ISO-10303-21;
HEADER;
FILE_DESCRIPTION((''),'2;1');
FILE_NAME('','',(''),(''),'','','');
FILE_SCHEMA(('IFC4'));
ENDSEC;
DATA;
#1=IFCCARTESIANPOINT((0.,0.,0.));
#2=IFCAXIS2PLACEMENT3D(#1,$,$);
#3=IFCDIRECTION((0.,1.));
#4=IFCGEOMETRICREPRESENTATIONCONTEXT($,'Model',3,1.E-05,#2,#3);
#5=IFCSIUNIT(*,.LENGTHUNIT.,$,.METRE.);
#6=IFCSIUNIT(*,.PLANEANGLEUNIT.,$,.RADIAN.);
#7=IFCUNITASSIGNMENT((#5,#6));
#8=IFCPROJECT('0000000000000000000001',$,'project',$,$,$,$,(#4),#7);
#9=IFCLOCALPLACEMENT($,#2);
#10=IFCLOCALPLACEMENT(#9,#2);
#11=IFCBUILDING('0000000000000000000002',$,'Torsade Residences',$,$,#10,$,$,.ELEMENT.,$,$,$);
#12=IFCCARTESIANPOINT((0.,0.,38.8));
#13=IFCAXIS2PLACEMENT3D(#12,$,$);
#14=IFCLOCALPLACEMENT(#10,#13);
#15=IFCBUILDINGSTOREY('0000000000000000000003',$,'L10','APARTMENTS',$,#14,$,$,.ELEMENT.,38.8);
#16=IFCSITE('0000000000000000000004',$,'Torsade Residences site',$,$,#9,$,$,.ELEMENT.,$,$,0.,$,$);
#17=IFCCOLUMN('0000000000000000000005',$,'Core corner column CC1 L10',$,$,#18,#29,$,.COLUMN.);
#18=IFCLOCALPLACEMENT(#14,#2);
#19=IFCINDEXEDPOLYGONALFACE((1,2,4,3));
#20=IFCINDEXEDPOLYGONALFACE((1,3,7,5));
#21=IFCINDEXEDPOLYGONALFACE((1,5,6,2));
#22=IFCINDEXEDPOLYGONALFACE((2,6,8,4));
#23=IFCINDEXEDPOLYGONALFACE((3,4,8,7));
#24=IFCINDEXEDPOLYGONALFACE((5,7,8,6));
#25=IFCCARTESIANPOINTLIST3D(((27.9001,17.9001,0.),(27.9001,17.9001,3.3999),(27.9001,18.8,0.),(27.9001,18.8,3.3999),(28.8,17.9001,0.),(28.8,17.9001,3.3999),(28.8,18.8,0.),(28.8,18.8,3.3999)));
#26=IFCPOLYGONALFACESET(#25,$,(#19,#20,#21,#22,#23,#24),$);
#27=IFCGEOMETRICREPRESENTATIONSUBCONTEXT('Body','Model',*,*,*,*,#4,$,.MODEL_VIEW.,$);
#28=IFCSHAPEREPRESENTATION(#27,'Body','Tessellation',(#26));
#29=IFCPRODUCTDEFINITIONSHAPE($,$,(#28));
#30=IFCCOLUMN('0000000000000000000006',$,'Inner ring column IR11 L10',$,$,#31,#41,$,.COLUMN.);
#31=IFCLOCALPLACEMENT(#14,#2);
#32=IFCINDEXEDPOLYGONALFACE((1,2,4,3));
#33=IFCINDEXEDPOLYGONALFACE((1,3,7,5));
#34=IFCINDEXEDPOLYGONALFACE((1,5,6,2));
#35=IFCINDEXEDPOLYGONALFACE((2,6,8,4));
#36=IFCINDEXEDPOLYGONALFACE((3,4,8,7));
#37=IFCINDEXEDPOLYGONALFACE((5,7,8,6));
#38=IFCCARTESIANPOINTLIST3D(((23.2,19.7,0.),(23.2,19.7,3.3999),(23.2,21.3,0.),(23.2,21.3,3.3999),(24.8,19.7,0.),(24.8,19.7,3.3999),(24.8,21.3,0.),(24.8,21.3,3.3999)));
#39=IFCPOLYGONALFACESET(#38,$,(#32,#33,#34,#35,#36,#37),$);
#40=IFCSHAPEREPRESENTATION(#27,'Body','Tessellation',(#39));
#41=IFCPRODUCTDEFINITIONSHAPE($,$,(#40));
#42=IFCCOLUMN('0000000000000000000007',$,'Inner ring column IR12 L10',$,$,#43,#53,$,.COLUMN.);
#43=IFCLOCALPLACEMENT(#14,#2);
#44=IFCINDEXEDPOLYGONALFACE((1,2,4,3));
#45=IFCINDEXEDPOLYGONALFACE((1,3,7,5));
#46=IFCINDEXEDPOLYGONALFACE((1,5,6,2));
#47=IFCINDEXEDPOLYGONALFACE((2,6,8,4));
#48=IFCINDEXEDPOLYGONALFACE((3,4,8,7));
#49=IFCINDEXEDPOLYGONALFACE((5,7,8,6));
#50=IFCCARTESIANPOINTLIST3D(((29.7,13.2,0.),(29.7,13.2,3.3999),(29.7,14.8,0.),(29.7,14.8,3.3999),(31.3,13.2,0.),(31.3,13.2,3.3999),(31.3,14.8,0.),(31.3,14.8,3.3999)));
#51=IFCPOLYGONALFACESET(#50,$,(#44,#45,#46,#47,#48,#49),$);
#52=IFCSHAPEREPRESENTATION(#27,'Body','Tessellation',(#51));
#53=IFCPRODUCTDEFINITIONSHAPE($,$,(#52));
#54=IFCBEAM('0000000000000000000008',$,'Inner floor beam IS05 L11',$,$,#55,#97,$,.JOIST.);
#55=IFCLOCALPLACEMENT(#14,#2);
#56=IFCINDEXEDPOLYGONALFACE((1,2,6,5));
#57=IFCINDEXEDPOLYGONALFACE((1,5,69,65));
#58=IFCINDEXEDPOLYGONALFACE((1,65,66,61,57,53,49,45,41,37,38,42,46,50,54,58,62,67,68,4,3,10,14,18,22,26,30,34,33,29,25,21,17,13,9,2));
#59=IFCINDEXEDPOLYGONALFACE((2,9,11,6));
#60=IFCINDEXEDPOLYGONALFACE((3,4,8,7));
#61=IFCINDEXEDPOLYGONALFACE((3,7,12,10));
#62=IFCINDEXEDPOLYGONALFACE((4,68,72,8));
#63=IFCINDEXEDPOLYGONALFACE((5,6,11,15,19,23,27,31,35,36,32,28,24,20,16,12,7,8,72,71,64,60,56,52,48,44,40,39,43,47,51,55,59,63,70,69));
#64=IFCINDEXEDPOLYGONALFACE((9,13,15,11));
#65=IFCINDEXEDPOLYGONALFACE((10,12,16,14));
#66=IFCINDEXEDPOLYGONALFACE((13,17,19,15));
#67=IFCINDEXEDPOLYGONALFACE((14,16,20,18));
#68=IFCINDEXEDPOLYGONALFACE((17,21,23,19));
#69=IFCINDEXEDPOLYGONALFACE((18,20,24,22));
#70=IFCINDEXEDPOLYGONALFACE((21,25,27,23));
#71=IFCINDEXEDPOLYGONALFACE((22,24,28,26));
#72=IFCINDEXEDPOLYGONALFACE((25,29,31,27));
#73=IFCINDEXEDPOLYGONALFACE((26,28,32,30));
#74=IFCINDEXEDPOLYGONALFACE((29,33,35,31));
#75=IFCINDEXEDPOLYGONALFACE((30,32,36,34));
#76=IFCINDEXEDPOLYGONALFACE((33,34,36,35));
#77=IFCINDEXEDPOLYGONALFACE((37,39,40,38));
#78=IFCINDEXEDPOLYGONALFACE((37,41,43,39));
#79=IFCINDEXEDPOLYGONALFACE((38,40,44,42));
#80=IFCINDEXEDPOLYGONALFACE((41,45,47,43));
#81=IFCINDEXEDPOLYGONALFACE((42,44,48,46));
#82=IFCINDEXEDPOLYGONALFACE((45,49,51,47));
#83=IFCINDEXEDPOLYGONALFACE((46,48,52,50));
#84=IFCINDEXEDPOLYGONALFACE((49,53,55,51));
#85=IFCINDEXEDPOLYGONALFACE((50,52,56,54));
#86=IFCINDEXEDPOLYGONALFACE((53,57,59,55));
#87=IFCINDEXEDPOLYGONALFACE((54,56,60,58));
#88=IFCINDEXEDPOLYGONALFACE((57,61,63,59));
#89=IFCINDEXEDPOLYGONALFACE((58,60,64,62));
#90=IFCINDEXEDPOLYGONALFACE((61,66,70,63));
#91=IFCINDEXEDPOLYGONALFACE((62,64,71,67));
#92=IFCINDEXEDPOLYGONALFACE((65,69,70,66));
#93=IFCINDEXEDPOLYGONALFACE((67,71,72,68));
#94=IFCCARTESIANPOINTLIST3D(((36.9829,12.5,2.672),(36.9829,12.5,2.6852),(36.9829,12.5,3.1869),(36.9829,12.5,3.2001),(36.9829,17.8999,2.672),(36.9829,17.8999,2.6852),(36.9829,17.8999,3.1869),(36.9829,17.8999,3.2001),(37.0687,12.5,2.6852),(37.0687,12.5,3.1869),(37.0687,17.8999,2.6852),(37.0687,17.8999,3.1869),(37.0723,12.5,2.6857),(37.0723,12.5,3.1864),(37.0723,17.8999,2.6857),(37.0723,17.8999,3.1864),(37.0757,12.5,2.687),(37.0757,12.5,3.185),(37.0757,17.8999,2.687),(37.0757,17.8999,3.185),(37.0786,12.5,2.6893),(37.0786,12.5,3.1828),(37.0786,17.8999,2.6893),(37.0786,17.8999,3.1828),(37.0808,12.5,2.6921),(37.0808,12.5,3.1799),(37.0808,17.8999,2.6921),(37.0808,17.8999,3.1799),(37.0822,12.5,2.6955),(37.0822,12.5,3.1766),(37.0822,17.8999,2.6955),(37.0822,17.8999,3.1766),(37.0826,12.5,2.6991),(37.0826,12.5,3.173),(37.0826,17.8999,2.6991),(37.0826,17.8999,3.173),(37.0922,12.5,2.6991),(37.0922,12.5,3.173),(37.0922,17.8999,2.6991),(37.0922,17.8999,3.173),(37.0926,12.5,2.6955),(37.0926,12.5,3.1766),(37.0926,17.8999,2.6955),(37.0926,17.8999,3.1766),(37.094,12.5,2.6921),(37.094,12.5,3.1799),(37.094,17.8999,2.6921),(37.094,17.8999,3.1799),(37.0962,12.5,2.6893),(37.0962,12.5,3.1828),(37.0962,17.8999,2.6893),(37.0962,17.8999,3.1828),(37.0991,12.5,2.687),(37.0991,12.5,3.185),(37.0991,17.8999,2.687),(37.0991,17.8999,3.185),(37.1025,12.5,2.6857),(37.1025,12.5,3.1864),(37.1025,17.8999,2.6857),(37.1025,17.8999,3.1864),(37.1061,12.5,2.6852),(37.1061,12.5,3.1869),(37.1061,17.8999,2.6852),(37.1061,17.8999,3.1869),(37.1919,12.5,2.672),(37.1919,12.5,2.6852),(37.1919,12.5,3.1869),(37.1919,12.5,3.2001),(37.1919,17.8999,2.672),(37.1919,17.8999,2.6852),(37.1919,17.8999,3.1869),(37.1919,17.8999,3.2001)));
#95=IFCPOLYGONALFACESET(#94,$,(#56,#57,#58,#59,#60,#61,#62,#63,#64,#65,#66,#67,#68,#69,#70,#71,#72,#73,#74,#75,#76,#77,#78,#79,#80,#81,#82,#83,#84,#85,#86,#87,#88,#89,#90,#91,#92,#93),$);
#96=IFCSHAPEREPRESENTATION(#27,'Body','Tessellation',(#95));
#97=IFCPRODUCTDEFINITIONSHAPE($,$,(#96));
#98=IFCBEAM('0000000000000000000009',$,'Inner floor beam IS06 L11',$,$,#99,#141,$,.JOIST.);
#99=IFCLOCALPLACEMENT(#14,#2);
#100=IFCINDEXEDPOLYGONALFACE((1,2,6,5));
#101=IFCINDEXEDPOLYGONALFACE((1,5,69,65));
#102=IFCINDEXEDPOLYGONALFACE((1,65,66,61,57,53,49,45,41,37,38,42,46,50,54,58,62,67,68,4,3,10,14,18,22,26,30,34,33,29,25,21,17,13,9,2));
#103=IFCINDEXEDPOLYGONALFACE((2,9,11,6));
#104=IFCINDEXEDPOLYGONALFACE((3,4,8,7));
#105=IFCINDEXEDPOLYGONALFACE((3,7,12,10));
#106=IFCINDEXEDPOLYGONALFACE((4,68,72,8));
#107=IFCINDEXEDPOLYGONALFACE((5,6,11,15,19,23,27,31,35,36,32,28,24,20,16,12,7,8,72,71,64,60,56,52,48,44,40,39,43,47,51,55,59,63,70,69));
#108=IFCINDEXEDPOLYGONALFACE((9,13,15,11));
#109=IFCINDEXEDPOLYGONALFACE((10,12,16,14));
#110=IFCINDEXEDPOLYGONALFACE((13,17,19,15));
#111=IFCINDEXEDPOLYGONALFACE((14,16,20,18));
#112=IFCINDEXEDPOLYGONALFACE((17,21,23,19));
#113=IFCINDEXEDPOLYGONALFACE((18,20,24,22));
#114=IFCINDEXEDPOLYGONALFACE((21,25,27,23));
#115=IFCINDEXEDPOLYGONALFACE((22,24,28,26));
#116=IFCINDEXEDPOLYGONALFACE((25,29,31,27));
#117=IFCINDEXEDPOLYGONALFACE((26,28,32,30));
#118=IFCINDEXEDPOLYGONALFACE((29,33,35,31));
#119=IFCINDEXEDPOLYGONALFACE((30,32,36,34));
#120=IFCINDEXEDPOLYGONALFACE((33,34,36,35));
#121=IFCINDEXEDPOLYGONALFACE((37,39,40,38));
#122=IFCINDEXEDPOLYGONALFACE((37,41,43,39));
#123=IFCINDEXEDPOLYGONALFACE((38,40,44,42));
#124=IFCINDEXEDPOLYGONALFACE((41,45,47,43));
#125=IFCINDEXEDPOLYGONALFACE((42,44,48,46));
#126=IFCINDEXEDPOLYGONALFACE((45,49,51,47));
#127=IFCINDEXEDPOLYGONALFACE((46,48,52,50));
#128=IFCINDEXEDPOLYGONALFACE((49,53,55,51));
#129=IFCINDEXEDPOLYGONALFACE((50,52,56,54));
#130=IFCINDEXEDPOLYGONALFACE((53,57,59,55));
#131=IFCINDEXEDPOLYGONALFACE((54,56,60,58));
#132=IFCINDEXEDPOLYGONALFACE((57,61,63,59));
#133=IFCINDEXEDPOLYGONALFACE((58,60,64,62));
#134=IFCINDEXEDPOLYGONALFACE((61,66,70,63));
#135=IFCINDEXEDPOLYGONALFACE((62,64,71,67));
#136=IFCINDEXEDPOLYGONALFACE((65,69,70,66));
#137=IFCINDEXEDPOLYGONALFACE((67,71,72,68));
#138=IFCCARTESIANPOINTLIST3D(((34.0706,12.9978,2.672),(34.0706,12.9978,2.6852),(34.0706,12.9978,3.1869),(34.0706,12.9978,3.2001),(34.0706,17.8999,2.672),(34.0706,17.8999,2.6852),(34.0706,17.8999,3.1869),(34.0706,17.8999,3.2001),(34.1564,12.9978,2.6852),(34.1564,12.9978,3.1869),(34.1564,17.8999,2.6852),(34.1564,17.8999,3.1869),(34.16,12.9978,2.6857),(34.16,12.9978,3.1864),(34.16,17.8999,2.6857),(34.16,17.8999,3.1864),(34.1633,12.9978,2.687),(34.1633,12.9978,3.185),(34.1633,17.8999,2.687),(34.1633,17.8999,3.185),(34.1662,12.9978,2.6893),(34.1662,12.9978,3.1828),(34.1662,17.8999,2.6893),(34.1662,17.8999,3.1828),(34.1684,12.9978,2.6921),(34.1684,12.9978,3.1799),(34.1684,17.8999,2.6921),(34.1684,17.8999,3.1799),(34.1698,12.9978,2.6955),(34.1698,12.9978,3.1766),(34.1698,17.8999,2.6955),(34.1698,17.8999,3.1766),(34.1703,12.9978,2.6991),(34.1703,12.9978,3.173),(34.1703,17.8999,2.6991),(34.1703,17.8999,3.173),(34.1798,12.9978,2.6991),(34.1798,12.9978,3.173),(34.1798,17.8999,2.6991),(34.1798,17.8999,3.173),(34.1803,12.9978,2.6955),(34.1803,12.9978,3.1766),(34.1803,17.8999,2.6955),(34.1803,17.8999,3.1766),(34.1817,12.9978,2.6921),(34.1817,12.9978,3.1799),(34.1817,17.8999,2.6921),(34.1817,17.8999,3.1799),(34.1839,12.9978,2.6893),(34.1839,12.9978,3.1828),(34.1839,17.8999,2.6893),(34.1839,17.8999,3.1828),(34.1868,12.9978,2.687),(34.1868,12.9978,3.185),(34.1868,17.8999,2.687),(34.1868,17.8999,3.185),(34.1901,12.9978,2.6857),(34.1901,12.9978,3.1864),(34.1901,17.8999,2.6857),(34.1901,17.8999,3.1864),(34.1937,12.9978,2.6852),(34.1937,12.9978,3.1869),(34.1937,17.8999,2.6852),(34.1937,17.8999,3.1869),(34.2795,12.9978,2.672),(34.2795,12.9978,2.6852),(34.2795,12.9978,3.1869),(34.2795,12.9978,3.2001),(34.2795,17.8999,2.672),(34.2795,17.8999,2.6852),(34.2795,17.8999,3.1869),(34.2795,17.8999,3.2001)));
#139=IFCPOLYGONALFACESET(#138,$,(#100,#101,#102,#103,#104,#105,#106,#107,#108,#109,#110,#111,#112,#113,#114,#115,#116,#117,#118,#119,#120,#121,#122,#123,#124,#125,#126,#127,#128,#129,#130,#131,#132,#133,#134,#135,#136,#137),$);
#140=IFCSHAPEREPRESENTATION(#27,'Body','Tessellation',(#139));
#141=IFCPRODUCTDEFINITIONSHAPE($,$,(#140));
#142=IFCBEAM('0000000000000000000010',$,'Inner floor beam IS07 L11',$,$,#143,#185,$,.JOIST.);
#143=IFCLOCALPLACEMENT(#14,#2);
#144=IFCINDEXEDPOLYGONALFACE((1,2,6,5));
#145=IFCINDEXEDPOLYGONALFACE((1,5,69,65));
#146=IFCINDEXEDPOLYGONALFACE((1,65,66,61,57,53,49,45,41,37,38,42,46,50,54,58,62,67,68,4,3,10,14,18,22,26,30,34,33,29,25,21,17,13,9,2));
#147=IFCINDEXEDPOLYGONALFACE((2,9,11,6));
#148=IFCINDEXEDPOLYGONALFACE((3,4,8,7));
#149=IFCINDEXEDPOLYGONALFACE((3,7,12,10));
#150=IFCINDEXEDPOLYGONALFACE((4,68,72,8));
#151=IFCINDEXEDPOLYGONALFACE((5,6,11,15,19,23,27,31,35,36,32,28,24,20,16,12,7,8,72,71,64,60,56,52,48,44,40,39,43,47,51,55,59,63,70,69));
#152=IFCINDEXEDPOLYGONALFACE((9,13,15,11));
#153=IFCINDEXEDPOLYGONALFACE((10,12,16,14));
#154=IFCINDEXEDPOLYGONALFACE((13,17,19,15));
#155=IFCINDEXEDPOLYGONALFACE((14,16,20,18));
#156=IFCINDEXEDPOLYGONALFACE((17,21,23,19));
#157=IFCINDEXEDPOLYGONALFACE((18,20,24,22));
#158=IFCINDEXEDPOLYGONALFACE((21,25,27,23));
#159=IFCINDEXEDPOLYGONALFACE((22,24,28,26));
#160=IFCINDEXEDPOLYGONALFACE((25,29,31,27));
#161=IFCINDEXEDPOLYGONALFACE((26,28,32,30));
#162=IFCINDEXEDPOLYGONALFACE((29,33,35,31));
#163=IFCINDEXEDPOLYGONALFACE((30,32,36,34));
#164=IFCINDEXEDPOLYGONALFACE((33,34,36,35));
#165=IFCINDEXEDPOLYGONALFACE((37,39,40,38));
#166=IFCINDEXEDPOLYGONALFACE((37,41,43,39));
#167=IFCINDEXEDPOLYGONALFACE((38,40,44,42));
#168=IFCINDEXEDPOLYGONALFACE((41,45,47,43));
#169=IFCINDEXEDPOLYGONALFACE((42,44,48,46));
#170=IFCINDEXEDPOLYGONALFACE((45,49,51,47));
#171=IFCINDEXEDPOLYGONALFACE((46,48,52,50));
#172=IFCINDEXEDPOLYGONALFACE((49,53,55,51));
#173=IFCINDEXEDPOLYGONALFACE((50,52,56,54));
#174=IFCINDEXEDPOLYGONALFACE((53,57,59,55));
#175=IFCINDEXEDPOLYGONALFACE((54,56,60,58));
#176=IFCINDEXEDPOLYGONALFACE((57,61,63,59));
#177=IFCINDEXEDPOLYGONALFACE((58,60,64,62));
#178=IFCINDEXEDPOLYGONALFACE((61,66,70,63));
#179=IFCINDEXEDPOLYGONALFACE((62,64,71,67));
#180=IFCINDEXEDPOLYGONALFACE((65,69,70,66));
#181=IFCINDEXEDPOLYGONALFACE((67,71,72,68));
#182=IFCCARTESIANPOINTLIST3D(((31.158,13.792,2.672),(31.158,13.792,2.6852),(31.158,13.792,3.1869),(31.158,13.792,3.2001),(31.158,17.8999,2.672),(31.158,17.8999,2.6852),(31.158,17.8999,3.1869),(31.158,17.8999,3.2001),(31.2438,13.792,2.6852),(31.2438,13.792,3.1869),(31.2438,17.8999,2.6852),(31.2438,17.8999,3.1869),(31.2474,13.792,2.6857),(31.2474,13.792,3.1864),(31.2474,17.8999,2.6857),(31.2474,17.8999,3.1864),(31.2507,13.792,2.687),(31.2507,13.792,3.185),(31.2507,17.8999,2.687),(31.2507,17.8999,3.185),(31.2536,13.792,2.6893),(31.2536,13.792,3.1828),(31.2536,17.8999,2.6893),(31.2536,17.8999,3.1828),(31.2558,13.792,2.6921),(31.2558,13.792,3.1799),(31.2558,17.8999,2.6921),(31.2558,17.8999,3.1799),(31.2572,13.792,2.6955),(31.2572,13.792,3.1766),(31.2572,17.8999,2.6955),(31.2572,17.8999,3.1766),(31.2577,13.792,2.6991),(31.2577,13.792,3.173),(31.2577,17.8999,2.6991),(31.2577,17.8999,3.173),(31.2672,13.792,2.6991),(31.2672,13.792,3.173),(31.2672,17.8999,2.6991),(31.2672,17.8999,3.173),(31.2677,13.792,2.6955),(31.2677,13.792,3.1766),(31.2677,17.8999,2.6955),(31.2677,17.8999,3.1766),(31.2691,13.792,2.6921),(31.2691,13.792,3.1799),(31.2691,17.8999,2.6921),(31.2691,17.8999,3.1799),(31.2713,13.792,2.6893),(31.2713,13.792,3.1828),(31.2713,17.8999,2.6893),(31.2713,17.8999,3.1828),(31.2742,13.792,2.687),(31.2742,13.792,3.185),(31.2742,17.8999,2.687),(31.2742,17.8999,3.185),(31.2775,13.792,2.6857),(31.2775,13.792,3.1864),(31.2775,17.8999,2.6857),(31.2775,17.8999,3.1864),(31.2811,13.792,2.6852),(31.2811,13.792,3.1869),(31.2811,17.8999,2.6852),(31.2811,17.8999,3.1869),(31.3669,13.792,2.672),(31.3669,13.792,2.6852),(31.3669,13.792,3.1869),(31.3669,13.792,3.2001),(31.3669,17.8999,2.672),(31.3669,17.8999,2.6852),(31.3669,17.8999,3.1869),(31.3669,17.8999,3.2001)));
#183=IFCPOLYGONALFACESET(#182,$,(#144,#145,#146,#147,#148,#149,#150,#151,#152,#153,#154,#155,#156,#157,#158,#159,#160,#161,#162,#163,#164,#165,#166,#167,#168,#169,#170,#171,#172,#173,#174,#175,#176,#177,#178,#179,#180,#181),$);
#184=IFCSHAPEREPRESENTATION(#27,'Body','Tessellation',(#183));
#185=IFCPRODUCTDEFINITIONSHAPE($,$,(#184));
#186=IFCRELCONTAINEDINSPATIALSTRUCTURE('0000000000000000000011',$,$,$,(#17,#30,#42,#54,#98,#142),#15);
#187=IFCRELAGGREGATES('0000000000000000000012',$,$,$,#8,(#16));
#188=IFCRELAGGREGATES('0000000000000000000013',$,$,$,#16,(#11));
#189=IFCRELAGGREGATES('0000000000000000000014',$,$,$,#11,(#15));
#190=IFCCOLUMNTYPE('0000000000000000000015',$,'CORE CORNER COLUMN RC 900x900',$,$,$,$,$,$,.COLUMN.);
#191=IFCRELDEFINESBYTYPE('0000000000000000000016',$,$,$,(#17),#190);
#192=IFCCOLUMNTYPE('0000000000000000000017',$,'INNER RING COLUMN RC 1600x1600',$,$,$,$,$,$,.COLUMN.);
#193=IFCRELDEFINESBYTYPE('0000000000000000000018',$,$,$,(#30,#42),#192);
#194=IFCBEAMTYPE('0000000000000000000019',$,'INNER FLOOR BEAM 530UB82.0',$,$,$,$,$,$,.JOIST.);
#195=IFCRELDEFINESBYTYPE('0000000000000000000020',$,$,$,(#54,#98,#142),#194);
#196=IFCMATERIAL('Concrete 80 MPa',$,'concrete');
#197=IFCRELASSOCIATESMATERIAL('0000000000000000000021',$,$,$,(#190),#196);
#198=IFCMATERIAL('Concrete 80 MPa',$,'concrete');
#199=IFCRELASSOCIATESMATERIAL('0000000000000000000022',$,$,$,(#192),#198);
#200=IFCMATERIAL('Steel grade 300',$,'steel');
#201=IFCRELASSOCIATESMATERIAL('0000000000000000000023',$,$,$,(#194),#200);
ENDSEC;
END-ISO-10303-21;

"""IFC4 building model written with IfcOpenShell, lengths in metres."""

from ifc_helpers import new_model, si_unit, direction, frame, origin, origin_2d, place, context, subcontext, project, spatial, rectangle, i_section, extrude, material, material_profile, profile_set, type_object, element, save


model = new_model("IFC4")

# Units and contexts
model_context = context("Model", 3, precision=1e-05, world=origin(), true_north=direction((0.0, 1.0)))
body_context = subcontext(model_context, "Body", "Model", "MODEL_VIEW")
ifc_project = project(units=[si_unit("LENGTHUNIT", "METRE"), si_unit("PLANEANGLEUNIT", "RADIAN")], contexts=[model_context])

# Site, building, storey
site_placement = place(None, origin())
site = spatial("IfcSite", under=ifc_project, at=site_placement, Name="Torsade Residences site", CompositionType="ELEMENT", RefElevation=0.0)
building_placement = place(site_placement, origin())
building = spatial("IfcBuilding", under=site, at=building_placement, Name="Torsade Residences", CompositionType="ELEMENT")
storey_placement = place(building_placement, frame((0.0, 0.0, 38.8)))
storey = spatial("IfcBuildingStorey", under=building, at=storey_placement, Name="L10", Description="APARTMENTS", CompositionType="ELEMENT", Elevation=38.8)

# Columns
ifc_material_1 = material(Name="Concrete 80 MPa", Category="concrete")
ifc_material_profile_1 = material_profile(ifc_material_1, rectangle(XDim=0.8999, YDim=0.8999, at=origin_2d()), Name="RC 900x900")
ifc_profile_set_1 = profile_set([ifc_material_profile_1], Name="Concrete 80 MPa")
column_type_1 = type_object("IfcColumnType", Name="CORE CORNER COLUMN RC 900x900", PredefinedType="COLUMN", material=ifc_profile_set_1)
column_placement = place(storey_placement, frame((28.3501, 18.3501, 0.0), z_axis=(0.0, 0.0, 1.0), x_axis=(1.0, 0.0, 0.0)))
element("IfcColumn", 1, at=column_placement, inside=storey, type_object=column_type_1, Name="Core corner column CC1 L10", PredefinedType="COLUMN", context=body_context, shape_type="SweptSolid", body=[
    extrude(rectangle(XDim=0.8999, YDim=0.8999, at=origin_2d()), origin(), (0.0, 0.0, 1.0), 3.3999),
])
ifc_material_2 = material(Name="Concrete 80 MPa", Category="concrete")
ifc_material_profile_2 = material_profile(ifc_material_2, rectangle(XDim=1.6001, YDim=1.6001, at=origin_2d()), Name="RC 1600x1600")
ifc_profile_set_2 = profile_set([ifc_material_profile_2], Name="Concrete 80 MPa")
column_type_2 = type_object("IfcColumnType", Name="INNER RING COLUMN RC 1600x1600", PredefinedType="COLUMN", material=ifc_profile_set_2)
for number, where, z_axis, x_axis, name in (
    (2, (24.0, 20.5, 0.0), (0.0, 0.0, 1.0), (1.0, 0.0, 0.0), "Inner ring column IR11 L10"),
    (3, (30.5, 14.0, 0.0), (0.0, 0.0, 1.0), (1.0, 0.0, 0.0), "Inner ring column IR12 L10"),
):
    element("IfcColumn", number, at=place(storey_placement, frame(where, z_axis=z_axis, x_axis=x_axis)), inside=storey, type_object=column_type_2, Name=name, PredefinedType="COLUMN", context=body_context, shape_type="SweptSolid", body=[
        extrude(rectangle(XDim=1.6001, YDim=1.6001, at=origin_2d()), origin(), (0.0, 0.0, 1.0), 3.3999),
    ])

# Beams
ifc_material_3 = material(Name="Steel grade 300", Category="steel")
ifc_material_profile_3 = material_profile(ifc_material_3, i_section(OverallWidth=0.209, OverallDepth=0.5281, WebThickness=0.0095, FlangeThickness=0.0132, FilletRadius=0.0139, at=origin_2d()), Name="530UB82.0")
ifc_profile_set_3 = profile_set([ifc_material_profile_3], Name="Steel grade 300")
beam_type_1 = type_object("IfcBeamType", Name="INNER FLOOR BEAM 530UB82.0", PredefinedType="JOIST", material=ifc_profile_set_3)
beam_1_placement = place(storey_placement, frame((37.0874, 17.8999, 2.936), z_axis=(0.0, -1.0, 0.0), x_axis=(1.0, 0.0, 0.0)))
element("IfcBeam", 4, at=beam_1_placement, inside=storey, type_object=beam_type_1, Name="Inner floor beam IS05 L11", PredefinedType="JOIST", context=body_context, shape_type="SweptSolid", body=[
    extrude(i_section(OverallWidth=0.209, OverallDepth=0.5281, WebThickness=0.0095, FlangeThickness=0.0132, FilletRadius=0.0139, at=origin_2d()), origin(), (0.0, 0.0, 1.0), 5.3999),
])
beam_2_placement = place(storey_placement, frame((34.175, 17.8999, 2.936), z_axis=(0.0, -1.0, 0.0), x_axis=(1.0, 0.0, 0.0)))
element("IfcBeam", 5, at=beam_2_placement, inside=storey, type_object=beam_type_1, Name="Inner floor beam IS06 L11", PredefinedType="JOIST", context=body_context, shape_type="SweptSolid", body=[
    extrude(i_section(OverallWidth=0.209, OverallDepth=0.5281, WebThickness=0.0095, FlangeThickness=0.0132, FilletRadius=0.0139, at=origin_2d()), origin(), (0.0, 0.0, 1.0), 4.9021),
])
beam_3_placement = place(storey_placement, frame((31.2625, 17.8999, 2.936), z_axis=(0.0, -1.0, 0.0), x_axis=(1.0, 0.0, 0.0)))
element("IfcBeam", 6, at=beam_3_placement, inside=storey, type_object=beam_type_1, Name="Inner floor beam IS07 L11", PredefinedType="JOIST", context=body_context, shape_type="SweptSolid", body=[
    extrude(i_section(OverallWidth=0.209, OverallDepth=0.5281, WebThickness=0.0095, FlangeThickness=0.0132, FilletRadius=0.0139, at=origin_2d()), origin(), (0.0, 0.0, 1.0), 4.1079),
])

save(model, "model.ifc")
